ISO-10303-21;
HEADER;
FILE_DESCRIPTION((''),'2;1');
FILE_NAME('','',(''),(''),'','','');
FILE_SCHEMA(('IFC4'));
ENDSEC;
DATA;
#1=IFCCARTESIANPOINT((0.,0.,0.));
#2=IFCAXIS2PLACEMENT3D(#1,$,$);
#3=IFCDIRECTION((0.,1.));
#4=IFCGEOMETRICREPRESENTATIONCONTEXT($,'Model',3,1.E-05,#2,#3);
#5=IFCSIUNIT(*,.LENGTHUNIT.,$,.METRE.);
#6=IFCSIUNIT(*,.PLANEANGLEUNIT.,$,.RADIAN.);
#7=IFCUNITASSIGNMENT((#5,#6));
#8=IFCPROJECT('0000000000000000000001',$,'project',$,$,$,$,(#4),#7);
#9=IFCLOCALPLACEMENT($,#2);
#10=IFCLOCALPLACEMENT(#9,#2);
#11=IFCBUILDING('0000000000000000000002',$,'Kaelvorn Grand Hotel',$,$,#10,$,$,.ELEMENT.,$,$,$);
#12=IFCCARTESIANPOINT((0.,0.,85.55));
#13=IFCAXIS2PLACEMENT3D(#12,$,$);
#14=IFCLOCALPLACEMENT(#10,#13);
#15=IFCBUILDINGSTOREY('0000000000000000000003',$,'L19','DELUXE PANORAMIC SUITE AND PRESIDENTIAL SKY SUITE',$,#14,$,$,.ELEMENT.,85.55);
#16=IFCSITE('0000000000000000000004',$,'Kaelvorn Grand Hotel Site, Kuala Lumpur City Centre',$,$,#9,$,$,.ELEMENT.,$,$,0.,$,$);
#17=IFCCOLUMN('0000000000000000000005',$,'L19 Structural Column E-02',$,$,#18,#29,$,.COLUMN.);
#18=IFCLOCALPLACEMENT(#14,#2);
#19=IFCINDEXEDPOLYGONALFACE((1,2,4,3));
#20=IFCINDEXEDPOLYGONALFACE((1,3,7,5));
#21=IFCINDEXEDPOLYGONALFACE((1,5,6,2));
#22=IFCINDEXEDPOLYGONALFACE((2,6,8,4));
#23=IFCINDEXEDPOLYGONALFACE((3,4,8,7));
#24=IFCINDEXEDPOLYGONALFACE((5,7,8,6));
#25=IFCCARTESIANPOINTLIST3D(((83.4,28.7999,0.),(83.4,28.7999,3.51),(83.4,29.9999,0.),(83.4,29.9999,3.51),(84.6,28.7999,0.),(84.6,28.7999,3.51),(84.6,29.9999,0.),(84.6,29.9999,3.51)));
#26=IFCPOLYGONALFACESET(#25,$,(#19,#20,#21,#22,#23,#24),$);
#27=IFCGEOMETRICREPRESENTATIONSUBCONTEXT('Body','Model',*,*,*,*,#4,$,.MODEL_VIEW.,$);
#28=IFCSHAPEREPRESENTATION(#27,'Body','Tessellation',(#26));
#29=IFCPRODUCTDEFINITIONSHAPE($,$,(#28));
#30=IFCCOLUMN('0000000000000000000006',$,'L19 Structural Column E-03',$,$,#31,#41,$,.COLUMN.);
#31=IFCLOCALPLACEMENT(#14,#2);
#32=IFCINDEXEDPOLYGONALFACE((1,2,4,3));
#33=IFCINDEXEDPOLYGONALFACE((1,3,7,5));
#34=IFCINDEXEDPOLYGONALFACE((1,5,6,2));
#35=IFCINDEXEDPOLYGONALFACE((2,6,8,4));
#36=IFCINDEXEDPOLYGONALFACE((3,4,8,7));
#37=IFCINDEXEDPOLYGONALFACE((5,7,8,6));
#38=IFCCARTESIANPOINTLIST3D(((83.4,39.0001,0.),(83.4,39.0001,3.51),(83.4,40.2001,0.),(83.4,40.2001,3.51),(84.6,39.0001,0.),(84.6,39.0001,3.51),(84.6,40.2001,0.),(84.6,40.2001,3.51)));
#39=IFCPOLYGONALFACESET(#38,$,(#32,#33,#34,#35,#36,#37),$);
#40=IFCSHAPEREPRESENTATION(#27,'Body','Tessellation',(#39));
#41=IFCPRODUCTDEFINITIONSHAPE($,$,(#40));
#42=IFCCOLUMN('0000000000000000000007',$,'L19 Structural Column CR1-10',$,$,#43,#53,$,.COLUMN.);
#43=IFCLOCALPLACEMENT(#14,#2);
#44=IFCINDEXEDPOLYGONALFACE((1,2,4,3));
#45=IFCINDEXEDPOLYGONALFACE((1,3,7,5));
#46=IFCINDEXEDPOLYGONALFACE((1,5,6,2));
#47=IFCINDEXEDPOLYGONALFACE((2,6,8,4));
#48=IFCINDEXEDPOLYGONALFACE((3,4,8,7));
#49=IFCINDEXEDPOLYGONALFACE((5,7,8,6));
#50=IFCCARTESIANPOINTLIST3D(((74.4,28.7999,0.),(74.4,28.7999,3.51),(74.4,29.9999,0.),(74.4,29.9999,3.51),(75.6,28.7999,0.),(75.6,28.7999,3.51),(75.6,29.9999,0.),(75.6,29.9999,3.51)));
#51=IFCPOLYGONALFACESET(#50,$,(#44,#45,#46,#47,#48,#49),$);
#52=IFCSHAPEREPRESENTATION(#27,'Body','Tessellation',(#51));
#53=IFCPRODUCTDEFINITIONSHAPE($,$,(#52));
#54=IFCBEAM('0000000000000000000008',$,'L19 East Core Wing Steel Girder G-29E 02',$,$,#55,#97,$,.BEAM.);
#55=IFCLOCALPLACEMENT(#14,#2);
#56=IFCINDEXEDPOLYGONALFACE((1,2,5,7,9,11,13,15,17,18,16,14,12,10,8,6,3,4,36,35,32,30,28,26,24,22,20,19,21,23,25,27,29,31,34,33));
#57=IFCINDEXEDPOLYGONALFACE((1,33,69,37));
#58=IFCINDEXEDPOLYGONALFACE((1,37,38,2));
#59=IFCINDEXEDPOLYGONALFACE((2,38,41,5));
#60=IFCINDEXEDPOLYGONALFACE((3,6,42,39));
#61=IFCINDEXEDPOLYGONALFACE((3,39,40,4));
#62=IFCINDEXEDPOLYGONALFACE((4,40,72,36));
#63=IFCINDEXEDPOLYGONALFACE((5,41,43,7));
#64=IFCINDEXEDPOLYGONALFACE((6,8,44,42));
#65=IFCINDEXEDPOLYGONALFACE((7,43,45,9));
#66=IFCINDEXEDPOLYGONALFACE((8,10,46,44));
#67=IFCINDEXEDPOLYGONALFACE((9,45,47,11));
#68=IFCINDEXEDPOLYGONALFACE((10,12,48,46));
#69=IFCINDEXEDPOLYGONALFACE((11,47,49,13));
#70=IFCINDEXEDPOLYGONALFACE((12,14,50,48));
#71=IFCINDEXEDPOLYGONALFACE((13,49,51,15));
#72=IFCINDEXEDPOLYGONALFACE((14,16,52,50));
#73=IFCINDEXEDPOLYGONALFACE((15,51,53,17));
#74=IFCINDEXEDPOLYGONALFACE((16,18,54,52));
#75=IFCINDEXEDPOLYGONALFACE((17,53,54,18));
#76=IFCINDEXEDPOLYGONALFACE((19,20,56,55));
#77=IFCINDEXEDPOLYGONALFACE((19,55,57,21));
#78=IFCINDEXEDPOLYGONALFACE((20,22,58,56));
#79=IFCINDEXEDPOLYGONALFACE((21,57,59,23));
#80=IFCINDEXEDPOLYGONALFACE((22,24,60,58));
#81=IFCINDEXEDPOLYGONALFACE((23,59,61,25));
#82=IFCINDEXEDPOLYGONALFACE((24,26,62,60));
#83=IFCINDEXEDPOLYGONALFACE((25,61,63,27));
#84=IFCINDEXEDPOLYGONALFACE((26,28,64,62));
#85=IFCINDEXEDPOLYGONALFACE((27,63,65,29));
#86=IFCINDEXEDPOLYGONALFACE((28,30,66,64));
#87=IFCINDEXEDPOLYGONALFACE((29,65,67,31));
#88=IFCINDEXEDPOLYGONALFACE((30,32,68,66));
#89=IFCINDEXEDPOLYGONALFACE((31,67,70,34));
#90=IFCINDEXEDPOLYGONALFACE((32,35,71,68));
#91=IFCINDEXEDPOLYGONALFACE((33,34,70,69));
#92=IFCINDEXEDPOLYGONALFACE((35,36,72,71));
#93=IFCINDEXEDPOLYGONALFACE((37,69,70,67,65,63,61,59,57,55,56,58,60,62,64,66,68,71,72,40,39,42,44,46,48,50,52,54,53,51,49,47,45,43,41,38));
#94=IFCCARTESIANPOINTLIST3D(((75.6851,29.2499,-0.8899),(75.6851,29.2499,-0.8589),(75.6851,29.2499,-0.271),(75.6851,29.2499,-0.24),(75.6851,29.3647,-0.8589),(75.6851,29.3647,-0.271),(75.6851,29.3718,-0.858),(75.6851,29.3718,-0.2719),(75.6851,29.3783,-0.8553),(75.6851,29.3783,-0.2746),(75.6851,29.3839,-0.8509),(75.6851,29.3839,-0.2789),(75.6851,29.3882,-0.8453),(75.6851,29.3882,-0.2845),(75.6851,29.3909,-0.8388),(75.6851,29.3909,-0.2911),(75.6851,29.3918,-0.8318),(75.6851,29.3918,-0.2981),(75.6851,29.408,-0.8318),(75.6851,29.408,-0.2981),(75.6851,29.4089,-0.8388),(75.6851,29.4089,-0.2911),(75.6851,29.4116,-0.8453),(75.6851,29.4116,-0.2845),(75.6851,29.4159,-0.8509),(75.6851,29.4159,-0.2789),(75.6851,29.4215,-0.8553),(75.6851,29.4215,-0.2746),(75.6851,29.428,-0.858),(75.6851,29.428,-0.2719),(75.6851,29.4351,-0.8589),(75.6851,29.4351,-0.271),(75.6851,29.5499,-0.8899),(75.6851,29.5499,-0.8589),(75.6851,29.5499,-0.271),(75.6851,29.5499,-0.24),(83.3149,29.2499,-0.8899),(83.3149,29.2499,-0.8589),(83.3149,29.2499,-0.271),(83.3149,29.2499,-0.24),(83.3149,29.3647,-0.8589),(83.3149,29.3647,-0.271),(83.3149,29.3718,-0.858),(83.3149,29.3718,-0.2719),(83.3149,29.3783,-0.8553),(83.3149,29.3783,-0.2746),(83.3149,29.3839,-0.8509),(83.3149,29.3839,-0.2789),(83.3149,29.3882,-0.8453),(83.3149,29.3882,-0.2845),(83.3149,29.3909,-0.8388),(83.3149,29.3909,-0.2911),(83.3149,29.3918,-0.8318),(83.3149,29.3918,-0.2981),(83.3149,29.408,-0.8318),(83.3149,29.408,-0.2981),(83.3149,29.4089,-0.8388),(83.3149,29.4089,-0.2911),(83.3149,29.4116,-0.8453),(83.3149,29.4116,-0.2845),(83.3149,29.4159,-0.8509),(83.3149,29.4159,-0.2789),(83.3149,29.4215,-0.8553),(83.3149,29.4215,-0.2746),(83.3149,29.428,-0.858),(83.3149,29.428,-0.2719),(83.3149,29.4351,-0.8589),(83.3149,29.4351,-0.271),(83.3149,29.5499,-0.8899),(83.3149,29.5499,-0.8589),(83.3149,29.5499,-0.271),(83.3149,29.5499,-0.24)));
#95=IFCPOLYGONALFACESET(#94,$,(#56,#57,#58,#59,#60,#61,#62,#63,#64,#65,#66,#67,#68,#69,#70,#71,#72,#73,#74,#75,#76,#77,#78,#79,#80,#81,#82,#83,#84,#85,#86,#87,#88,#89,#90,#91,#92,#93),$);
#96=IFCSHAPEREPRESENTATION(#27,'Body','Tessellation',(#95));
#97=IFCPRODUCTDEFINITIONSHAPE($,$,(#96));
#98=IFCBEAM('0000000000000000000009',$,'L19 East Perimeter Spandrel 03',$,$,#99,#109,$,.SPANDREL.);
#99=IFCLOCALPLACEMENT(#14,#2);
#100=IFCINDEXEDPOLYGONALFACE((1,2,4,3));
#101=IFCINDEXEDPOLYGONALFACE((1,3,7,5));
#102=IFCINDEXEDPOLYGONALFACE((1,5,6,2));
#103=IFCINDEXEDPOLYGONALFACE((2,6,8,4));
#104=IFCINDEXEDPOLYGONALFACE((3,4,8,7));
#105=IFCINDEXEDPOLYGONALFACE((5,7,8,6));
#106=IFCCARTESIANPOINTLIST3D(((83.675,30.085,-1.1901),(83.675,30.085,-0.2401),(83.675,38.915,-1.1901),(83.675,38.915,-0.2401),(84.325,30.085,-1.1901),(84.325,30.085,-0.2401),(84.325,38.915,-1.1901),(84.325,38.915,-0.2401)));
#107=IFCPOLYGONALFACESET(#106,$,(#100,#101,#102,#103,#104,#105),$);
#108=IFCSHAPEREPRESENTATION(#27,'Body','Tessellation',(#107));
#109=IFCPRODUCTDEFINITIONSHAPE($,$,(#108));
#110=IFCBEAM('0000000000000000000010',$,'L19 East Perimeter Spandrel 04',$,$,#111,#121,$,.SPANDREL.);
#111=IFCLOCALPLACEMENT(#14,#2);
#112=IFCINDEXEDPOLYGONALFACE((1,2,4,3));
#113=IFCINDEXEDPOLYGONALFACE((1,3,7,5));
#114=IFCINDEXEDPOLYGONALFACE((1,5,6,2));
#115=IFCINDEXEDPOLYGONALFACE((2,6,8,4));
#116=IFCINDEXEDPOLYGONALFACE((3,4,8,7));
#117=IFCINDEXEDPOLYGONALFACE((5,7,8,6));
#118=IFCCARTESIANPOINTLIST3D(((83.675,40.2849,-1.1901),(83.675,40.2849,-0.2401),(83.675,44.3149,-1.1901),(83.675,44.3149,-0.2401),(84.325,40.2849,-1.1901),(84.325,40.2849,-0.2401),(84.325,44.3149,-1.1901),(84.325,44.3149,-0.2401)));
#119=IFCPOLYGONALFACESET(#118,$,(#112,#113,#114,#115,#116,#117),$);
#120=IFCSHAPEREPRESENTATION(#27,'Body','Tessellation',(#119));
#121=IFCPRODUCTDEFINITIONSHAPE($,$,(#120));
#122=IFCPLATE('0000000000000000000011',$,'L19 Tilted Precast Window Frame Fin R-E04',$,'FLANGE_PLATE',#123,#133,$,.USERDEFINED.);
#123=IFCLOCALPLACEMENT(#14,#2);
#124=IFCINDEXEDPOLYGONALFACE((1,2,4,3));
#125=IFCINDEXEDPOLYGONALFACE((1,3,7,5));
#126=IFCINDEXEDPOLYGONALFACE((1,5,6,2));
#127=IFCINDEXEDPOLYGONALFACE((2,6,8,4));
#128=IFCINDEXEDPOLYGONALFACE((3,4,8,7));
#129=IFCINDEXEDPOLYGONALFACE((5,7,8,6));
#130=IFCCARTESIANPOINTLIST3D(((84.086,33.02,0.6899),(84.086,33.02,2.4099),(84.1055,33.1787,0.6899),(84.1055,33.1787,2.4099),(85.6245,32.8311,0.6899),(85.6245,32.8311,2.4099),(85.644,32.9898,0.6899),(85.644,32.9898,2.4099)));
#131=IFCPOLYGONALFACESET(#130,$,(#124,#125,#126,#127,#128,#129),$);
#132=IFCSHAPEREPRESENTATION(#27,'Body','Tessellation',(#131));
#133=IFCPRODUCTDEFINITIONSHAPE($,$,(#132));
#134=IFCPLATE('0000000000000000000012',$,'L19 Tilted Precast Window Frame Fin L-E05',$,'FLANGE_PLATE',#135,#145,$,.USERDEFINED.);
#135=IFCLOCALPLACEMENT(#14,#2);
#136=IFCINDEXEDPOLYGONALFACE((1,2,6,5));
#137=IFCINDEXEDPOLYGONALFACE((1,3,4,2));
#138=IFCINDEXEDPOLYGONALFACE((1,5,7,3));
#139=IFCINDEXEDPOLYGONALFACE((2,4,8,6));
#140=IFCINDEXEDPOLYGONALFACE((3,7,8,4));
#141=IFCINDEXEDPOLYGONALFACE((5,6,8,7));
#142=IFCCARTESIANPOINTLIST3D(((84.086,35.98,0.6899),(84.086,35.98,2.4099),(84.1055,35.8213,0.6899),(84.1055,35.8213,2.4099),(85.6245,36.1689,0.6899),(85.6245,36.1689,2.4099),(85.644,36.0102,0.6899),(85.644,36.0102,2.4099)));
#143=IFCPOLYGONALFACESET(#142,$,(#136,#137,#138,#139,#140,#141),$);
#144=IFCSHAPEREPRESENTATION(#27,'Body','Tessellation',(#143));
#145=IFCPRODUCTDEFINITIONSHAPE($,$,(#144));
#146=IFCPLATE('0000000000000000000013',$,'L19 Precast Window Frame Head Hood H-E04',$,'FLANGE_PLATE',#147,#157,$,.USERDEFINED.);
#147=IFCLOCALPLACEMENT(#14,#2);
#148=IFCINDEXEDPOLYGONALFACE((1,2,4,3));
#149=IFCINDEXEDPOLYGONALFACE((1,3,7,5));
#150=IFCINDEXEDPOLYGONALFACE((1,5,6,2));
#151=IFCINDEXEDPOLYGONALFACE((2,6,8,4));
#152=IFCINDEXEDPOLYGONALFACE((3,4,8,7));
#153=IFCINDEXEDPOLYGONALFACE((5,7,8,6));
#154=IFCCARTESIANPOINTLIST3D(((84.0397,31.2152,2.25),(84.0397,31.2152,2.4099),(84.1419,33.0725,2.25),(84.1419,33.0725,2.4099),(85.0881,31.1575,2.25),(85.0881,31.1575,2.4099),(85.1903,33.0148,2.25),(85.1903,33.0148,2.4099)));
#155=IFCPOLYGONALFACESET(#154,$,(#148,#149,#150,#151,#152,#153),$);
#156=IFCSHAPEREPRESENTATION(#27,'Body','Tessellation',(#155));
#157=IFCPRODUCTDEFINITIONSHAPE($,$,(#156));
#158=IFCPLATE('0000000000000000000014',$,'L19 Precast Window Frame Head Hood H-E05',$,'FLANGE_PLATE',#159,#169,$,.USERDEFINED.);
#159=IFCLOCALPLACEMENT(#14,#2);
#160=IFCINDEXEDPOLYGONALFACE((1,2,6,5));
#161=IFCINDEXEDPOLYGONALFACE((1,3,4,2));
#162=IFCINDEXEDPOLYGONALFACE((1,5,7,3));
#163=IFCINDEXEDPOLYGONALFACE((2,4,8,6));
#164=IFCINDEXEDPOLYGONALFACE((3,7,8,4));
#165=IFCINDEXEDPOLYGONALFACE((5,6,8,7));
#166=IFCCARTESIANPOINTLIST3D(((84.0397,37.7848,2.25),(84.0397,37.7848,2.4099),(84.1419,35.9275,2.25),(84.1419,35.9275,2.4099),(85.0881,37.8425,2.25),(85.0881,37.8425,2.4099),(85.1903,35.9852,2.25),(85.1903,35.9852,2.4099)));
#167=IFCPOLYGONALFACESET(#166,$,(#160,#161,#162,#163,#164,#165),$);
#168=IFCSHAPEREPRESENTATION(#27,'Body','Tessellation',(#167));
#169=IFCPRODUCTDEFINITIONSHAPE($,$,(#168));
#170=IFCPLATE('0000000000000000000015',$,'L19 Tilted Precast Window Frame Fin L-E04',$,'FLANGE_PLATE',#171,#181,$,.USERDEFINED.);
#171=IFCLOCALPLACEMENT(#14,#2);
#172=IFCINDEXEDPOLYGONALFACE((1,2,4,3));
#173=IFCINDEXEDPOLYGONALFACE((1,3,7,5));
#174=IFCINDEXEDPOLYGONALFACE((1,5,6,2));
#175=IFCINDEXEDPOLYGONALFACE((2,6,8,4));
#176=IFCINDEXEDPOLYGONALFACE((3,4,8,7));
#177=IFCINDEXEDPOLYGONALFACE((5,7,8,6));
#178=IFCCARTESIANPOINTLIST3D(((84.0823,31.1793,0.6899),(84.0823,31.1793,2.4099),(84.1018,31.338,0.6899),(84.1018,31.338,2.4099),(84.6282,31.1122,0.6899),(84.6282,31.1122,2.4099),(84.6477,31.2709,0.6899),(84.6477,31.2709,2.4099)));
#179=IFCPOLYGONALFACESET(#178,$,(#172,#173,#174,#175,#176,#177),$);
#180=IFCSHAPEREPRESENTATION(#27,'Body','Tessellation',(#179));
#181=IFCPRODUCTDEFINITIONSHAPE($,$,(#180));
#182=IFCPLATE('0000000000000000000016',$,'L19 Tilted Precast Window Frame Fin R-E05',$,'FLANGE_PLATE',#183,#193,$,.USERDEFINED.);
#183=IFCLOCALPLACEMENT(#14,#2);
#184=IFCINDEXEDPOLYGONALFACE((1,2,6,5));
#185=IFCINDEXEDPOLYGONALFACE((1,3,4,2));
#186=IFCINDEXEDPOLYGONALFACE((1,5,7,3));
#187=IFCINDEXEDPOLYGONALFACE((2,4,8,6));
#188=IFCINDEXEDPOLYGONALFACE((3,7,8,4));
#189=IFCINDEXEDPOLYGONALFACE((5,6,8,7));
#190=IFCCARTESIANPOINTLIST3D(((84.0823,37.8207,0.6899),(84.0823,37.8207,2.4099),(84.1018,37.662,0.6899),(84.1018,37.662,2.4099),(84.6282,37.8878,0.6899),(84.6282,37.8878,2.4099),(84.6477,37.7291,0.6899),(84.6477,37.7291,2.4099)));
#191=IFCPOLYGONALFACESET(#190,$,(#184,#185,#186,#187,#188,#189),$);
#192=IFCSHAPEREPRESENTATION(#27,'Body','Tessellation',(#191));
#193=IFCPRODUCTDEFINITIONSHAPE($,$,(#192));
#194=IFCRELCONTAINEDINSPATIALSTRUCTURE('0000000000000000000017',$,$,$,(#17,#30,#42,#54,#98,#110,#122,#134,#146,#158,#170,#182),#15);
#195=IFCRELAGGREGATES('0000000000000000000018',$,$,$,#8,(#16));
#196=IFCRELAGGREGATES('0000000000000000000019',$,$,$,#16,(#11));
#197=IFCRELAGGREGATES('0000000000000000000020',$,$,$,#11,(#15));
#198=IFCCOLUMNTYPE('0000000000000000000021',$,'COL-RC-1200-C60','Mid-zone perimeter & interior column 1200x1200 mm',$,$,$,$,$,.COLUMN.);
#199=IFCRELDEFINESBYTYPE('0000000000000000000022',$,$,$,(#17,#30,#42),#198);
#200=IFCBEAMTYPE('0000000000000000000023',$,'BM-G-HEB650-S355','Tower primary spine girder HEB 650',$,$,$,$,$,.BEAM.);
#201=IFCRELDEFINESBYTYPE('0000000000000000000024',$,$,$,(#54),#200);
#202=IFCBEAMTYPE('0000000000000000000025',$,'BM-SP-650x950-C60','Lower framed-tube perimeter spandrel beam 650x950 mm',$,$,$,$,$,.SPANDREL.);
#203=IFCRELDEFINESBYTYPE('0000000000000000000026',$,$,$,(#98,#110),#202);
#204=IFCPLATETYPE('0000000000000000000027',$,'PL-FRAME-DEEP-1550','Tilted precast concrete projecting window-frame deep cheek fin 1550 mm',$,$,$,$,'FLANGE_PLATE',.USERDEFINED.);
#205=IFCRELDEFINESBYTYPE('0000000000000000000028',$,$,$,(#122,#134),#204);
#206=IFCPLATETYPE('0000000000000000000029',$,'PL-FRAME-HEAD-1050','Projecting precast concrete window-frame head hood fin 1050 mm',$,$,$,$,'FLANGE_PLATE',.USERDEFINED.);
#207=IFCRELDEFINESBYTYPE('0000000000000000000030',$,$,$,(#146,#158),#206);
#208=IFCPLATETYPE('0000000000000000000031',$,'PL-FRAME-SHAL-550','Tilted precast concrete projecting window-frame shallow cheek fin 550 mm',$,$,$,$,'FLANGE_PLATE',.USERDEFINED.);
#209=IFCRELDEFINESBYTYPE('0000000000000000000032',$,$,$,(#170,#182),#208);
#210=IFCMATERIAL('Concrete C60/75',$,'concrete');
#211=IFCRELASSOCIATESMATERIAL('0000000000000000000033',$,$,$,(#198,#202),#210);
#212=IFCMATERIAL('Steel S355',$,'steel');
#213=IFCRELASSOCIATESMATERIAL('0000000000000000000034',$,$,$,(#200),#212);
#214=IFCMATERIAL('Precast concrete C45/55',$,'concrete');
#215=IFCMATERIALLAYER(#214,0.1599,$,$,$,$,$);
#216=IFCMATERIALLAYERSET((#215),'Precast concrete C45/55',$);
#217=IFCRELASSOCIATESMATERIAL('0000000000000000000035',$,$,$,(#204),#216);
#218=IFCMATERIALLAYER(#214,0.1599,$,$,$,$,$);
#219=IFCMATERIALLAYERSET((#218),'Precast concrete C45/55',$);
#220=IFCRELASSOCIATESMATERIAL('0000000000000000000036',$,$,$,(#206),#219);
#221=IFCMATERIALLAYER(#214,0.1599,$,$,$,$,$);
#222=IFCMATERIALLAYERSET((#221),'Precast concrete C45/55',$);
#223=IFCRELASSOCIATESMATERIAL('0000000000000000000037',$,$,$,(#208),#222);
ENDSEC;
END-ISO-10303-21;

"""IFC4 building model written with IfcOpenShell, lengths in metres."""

from ifc_helpers import new_model, si_unit, direction, frame, origin, origin_2d, place, context, subcontext, project, spatial, rectangle, i_section, extrude, material, layer, layer_set, material_profile, profile_set, type_object, element, save


model = new_model("IFC4")

# Units and contexts
model_context = context("Model", 3, precision=1e-05, world=origin(), true_north=direction((0.0, 1.0)))
body_context = subcontext(model_context, "Body", "Model", "MODEL_VIEW")
ifc_project = project(units=[si_unit("LENGTHUNIT", "METRE"), si_unit("PLANEANGLEUNIT", "RADIAN")], contexts=[model_context])

# Site, building, storey
site_placement = place(None, origin())
site = spatial("IfcSite", under=ifc_project, at=site_placement, Name="Kaelvorn Grand Hotel Site, Kuala Lumpur City Centre", CompositionType="ELEMENT", RefElevation=0.0)
building_placement = place(site_placement, origin())
building = spatial("IfcBuilding", under=site, at=building_placement, Name="Kaelvorn Grand Hotel", CompositionType="ELEMENT")
storey_placement = place(building_placement, frame((0.0, 0.0, 85.55)))
storey = spatial("IfcBuildingStorey", under=building, at=storey_placement, Name="L19", Description="DELUXE PANORAMIC SUITE AND PRESIDENTIAL SKY SUITE", CompositionType="ELEMENT", Elevation=85.55)

# Columns
ifc_material_1 = material(Name="Concrete C60/75", Category="concrete")
ifc_material_profile_1 = material_profile(ifc_material_1, rectangle(XDim=1.2, YDim=1.2, at=origin_2d()), Name="RC COL 1200x1200")
ifc_profile_set_1 = profile_set([ifc_material_profile_1], Name="Concrete C60/75")
column_type = type_object("IfcColumnType", Name="COL-RC-1200-C60", Description="Mid-zone perimeter & interior column 1200x1200 mm", PredefinedType="COLUMN", material=ifc_profile_set_1)
for number, where, z_axis, x_axis, name in (
    (1, (84.0, 29.3999, 0.0), (0.0, 0.0, 1.0), (1.0, 0.0, 0.0), "L19 Structural Column E-02"),
    (2, (84.0, 39.6001, 0.0), (0.0, 0.0, 1.0), (1.0, 0.0, 0.0), "L19 Structural Column E-03"),
    (3, (75.0, 29.3999, 0.0), (0.0, 0.0, 1.0), (1.0, 0.0, 0.0), "L19 Structural Column CR1-10"),
):
    element("IfcColumn", number, at=place(storey_placement, frame(where, z_axis=z_axis, x_axis=x_axis)), inside=storey, type_object=column_type, Name=name, PredefinedType="COLUMN", context=body_context, shape_type="SweptSolid", body=[
        extrude(rectangle(XDim=1.2, YDim=1.2, at=origin_2d()), origin(), (0.0, 0.0, 1.0), 3.51),
    ])

# Beams
ifc_material_2 = material(Name="Steel S355", Category="steel")
ifc_material_profile_2 = material_profile(ifc_material_2, i_section(OverallWidth=0.3, OverallDepth=0.6499, WebThickness=0.0161, FlangeThickness=0.031, FilletRadius=0.0271, at=origin_2d()), Name="HEB 650")
ifc_profile_set_2 = profile_set([ifc_material_profile_2], Name="Steel S355")
beam_type_1 = type_object("IfcBeamType", Name="BM-G-HEB650-S355", Description="Tower primary spine girder HEB 650", PredefinedType="BEAM", material=ifc_profile_set_2)
beam_1_placement = place(storey_placement, frame((75.6851, 29.3999, -0.5649), z_axis=(1.0, 0.0, 0.0), x_axis=(0.0, 1.0, 0.0)))
element("IfcBeam", 4, at=beam_1_placement, inside=storey, type_object=beam_type_1, Name="L19 East Core Wing Steel Girder G-29E 02", PredefinedType="BEAM", context=body_context, shape_type="SweptSolid", body=[
    extrude(i_section(OverallWidth=0.3, OverallDepth=0.6499, WebThickness=0.0161, FlangeThickness=0.031, FilletRadius=0.0271, at=origin_2d()), origin(), (0.0, 0.0, 1.0), 7.6299),
])
ifc_material_profile_3 = material_profile(ifc_material_1, rectangle(XDim=0.6499, YDim=0.95, at=origin_2d()), Name="RC SPANDREL 650x950")
ifc_profile_set_3 = profile_set([ifc_material_profile_3], Name="Concrete C60/75")
beam_type_2 = type_object("IfcBeamType", Name="BM-SP-650x950-C60", Description="Lower framed-tube perimeter spandrel beam 650x950 mm", PredefinedType="SPANDREL", material=ifc_profile_set_3)
beam_2_placement = place(storey_placement, frame((84.0, 30.085, -0.7151), z_axis=(0.0, 1.0, 0.0), x_axis=(-1.0, 0.0, 0.0)))
element("IfcBeam", 5, at=beam_2_placement, inside=storey, type_object=beam_type_2, Name="L19 East Perimeter Spandrel 03", PredefinedType="SPANDREL", context=body_context, shape_type="SweptSolid", body=[
    extrude(rectangle(XDim=0.6499, YDim=0.95, at=origin_2d()), origin(), (0.0, 0.0, 1.0), 8.8301),
])
beam_3_placement = place(storey_placement, frame((84.0, 40.2849, -0.7151), z_axis=(0.0, 1.0, 0.0), x_axis=(-1.0, 0.0, 0.0)))
element("IfcBeam", 6, at=beam_3_placement, inside=storey, type_object=beam_type_2, Name="L19 East Perimeter Spandrel 04", PredefinedType="SPANDREL", context=body_context, shape_type="SweptSolid", body=[
    extrude(rectangle(XDim=0.6499, YDim=0.95, at=origin_2d()), origin(), (0.0, 0.0, 1.0), 4.03),
])

# Plates
ifc_material_3 = material(Name="Precast concrete C45/55", Category="concrete")
ifc_layer_1 = layer(ifc_material_3, 0.1599)
ifc_layer_set_1 = layer_set([ifc_layer_1], Name="Precast concrete C45/55")
plate_type_1 = type_object("IfcPlateType", Name="PL-FRAME-DEEP-1550", Description="Tilted precast concrete projecting window-frame deep cheek fin 1550 mm", ElementType="FLANGE_PLATE", PredefinedType="USERDEFINED", material=ifc_layer_set_1)
for number, where, z_axis, x_axis, name in (
    (7, (84.865, 33.0049, 0.6899), (0.0, 0.0, 1.0), (0.121869, 0.992546, 0.0), "L19 Tilted Precast Window Frame Fin R-E04"),
    (8, (84.865, 35.9951, 0.6899), (0.0, 0.0, 1.0), (-0.121869, 0.992546, 0.0), "L19 Tilted Precast Window Frame Fin L-E05"),
):
    element("IfcPlate", number, at=place(storey_placement, frame(where, z_axis=z_axis, x_axis=x_axis)), inside=storey, type_object=plate_type_1, Name=name, ObjectType="FLANGE_PLATE", PredefinedType="USERDEFINED", context=body_context, shape_type="SweptSolid", body=[
        extrude(rectangle(XDim=0.1599, YDim=1.55, at=origin_2d()), origin(), (0.0, 0.0, 1.0), 1.72),
    ])
ifc_layer_2 = layer(ifc_material_3, 0.1599)
ifc_layer_set_2 = layer_set([ifc_layer_2], Name="Precast concrete C45/55")
plate_type_2 = type_object("IfcPlateType", Name="PL-FRAME-HEAD-1050", Description="Projecting precast concrete window-frame head hood fin 1050 mm", ElementType="FLANGE_PLATE", PredefinedType="USERDEFINED", material=ifc_layer_set_2)
for number, where, z_axis, x_axis, name in (
    (9, (84.615, 32.115, 2.25), (0.0, 0.0, 1.0), (0.05495, 0.998489, 0.0), "L19 Precast Window Frame Head Hood H-E04"),
    (10, (84.615, 36.885, 2.25), (0.0, 0.0, 1.0), (-0.05495, 0.998489, 0.0), "L19 Precast Window Frame Head Hood H-E05"),
):
    element("IfcPlate", number, at=place(storey_placement, frame(where, z_axis=z_axis, x_axis=x_axis)), inside=storey, type_object=plate_type_2, Name=name, ObjectType="FLANGE_PLATE", PredefinedType="USERDEFINED", context=body_context, shape_type="SweptSolid", body=[
        extrude(rectangle(XDim=1.8601, YDim=1.05, at=origin_2d()), origin(), (0.0, 0.0, 1.0), 0.1599),
    ])
ifc_layer_3 = layer(ifc_material_3, 0.1599)
ifc_layer_set_3 = layer_set([ifc_layer_3], Name="Precast concrete C45/55")
plate_type_3 = type_object("IfcPlateType", Name="PL-FRAME-SHAL-550", Description="Tilted precast concrete projecting window-frame shallow cheek fin 550 mm", ElementType="FLANGE_PLATE", PredefinedType="USERDEFINED", material=ifc_layer_set_3)
for number, where, z_axis, x_axis, name in (
    (11, (84.365, 31.2251, 0.6899), (0.0, 0.0, 1.0), (0.121869, 0.992546, 0.0), "L19 Tilted Precast Window Frame Fin L-E04"),
    (12, (84.365, 37.7749, 0.6899), (0.0, 0.0, 1.0), (-0.121869, 0.992546, 0.0), "L19 Tilted Precast Window Frame Fin R-E05"),
):
    element("IfcPlate", number, at=place(storey_placement, frame(where, z_axis=z_axis, x_axis=x_axis)), inside=storey, type_object=plate_type_3, Name=name, ObjectType="FLANGE_PLATE", PredefinedType="USERDEFINED", context=body_context, shape_type="SweptSolid", body=[
        extrude(rectangle(XDim=0.1599, YDim=0.55, at=origin_2d()), origin(), (0.0, 0.0, 1.0), 1.72),
    ])

save(model, "model.ifc")
